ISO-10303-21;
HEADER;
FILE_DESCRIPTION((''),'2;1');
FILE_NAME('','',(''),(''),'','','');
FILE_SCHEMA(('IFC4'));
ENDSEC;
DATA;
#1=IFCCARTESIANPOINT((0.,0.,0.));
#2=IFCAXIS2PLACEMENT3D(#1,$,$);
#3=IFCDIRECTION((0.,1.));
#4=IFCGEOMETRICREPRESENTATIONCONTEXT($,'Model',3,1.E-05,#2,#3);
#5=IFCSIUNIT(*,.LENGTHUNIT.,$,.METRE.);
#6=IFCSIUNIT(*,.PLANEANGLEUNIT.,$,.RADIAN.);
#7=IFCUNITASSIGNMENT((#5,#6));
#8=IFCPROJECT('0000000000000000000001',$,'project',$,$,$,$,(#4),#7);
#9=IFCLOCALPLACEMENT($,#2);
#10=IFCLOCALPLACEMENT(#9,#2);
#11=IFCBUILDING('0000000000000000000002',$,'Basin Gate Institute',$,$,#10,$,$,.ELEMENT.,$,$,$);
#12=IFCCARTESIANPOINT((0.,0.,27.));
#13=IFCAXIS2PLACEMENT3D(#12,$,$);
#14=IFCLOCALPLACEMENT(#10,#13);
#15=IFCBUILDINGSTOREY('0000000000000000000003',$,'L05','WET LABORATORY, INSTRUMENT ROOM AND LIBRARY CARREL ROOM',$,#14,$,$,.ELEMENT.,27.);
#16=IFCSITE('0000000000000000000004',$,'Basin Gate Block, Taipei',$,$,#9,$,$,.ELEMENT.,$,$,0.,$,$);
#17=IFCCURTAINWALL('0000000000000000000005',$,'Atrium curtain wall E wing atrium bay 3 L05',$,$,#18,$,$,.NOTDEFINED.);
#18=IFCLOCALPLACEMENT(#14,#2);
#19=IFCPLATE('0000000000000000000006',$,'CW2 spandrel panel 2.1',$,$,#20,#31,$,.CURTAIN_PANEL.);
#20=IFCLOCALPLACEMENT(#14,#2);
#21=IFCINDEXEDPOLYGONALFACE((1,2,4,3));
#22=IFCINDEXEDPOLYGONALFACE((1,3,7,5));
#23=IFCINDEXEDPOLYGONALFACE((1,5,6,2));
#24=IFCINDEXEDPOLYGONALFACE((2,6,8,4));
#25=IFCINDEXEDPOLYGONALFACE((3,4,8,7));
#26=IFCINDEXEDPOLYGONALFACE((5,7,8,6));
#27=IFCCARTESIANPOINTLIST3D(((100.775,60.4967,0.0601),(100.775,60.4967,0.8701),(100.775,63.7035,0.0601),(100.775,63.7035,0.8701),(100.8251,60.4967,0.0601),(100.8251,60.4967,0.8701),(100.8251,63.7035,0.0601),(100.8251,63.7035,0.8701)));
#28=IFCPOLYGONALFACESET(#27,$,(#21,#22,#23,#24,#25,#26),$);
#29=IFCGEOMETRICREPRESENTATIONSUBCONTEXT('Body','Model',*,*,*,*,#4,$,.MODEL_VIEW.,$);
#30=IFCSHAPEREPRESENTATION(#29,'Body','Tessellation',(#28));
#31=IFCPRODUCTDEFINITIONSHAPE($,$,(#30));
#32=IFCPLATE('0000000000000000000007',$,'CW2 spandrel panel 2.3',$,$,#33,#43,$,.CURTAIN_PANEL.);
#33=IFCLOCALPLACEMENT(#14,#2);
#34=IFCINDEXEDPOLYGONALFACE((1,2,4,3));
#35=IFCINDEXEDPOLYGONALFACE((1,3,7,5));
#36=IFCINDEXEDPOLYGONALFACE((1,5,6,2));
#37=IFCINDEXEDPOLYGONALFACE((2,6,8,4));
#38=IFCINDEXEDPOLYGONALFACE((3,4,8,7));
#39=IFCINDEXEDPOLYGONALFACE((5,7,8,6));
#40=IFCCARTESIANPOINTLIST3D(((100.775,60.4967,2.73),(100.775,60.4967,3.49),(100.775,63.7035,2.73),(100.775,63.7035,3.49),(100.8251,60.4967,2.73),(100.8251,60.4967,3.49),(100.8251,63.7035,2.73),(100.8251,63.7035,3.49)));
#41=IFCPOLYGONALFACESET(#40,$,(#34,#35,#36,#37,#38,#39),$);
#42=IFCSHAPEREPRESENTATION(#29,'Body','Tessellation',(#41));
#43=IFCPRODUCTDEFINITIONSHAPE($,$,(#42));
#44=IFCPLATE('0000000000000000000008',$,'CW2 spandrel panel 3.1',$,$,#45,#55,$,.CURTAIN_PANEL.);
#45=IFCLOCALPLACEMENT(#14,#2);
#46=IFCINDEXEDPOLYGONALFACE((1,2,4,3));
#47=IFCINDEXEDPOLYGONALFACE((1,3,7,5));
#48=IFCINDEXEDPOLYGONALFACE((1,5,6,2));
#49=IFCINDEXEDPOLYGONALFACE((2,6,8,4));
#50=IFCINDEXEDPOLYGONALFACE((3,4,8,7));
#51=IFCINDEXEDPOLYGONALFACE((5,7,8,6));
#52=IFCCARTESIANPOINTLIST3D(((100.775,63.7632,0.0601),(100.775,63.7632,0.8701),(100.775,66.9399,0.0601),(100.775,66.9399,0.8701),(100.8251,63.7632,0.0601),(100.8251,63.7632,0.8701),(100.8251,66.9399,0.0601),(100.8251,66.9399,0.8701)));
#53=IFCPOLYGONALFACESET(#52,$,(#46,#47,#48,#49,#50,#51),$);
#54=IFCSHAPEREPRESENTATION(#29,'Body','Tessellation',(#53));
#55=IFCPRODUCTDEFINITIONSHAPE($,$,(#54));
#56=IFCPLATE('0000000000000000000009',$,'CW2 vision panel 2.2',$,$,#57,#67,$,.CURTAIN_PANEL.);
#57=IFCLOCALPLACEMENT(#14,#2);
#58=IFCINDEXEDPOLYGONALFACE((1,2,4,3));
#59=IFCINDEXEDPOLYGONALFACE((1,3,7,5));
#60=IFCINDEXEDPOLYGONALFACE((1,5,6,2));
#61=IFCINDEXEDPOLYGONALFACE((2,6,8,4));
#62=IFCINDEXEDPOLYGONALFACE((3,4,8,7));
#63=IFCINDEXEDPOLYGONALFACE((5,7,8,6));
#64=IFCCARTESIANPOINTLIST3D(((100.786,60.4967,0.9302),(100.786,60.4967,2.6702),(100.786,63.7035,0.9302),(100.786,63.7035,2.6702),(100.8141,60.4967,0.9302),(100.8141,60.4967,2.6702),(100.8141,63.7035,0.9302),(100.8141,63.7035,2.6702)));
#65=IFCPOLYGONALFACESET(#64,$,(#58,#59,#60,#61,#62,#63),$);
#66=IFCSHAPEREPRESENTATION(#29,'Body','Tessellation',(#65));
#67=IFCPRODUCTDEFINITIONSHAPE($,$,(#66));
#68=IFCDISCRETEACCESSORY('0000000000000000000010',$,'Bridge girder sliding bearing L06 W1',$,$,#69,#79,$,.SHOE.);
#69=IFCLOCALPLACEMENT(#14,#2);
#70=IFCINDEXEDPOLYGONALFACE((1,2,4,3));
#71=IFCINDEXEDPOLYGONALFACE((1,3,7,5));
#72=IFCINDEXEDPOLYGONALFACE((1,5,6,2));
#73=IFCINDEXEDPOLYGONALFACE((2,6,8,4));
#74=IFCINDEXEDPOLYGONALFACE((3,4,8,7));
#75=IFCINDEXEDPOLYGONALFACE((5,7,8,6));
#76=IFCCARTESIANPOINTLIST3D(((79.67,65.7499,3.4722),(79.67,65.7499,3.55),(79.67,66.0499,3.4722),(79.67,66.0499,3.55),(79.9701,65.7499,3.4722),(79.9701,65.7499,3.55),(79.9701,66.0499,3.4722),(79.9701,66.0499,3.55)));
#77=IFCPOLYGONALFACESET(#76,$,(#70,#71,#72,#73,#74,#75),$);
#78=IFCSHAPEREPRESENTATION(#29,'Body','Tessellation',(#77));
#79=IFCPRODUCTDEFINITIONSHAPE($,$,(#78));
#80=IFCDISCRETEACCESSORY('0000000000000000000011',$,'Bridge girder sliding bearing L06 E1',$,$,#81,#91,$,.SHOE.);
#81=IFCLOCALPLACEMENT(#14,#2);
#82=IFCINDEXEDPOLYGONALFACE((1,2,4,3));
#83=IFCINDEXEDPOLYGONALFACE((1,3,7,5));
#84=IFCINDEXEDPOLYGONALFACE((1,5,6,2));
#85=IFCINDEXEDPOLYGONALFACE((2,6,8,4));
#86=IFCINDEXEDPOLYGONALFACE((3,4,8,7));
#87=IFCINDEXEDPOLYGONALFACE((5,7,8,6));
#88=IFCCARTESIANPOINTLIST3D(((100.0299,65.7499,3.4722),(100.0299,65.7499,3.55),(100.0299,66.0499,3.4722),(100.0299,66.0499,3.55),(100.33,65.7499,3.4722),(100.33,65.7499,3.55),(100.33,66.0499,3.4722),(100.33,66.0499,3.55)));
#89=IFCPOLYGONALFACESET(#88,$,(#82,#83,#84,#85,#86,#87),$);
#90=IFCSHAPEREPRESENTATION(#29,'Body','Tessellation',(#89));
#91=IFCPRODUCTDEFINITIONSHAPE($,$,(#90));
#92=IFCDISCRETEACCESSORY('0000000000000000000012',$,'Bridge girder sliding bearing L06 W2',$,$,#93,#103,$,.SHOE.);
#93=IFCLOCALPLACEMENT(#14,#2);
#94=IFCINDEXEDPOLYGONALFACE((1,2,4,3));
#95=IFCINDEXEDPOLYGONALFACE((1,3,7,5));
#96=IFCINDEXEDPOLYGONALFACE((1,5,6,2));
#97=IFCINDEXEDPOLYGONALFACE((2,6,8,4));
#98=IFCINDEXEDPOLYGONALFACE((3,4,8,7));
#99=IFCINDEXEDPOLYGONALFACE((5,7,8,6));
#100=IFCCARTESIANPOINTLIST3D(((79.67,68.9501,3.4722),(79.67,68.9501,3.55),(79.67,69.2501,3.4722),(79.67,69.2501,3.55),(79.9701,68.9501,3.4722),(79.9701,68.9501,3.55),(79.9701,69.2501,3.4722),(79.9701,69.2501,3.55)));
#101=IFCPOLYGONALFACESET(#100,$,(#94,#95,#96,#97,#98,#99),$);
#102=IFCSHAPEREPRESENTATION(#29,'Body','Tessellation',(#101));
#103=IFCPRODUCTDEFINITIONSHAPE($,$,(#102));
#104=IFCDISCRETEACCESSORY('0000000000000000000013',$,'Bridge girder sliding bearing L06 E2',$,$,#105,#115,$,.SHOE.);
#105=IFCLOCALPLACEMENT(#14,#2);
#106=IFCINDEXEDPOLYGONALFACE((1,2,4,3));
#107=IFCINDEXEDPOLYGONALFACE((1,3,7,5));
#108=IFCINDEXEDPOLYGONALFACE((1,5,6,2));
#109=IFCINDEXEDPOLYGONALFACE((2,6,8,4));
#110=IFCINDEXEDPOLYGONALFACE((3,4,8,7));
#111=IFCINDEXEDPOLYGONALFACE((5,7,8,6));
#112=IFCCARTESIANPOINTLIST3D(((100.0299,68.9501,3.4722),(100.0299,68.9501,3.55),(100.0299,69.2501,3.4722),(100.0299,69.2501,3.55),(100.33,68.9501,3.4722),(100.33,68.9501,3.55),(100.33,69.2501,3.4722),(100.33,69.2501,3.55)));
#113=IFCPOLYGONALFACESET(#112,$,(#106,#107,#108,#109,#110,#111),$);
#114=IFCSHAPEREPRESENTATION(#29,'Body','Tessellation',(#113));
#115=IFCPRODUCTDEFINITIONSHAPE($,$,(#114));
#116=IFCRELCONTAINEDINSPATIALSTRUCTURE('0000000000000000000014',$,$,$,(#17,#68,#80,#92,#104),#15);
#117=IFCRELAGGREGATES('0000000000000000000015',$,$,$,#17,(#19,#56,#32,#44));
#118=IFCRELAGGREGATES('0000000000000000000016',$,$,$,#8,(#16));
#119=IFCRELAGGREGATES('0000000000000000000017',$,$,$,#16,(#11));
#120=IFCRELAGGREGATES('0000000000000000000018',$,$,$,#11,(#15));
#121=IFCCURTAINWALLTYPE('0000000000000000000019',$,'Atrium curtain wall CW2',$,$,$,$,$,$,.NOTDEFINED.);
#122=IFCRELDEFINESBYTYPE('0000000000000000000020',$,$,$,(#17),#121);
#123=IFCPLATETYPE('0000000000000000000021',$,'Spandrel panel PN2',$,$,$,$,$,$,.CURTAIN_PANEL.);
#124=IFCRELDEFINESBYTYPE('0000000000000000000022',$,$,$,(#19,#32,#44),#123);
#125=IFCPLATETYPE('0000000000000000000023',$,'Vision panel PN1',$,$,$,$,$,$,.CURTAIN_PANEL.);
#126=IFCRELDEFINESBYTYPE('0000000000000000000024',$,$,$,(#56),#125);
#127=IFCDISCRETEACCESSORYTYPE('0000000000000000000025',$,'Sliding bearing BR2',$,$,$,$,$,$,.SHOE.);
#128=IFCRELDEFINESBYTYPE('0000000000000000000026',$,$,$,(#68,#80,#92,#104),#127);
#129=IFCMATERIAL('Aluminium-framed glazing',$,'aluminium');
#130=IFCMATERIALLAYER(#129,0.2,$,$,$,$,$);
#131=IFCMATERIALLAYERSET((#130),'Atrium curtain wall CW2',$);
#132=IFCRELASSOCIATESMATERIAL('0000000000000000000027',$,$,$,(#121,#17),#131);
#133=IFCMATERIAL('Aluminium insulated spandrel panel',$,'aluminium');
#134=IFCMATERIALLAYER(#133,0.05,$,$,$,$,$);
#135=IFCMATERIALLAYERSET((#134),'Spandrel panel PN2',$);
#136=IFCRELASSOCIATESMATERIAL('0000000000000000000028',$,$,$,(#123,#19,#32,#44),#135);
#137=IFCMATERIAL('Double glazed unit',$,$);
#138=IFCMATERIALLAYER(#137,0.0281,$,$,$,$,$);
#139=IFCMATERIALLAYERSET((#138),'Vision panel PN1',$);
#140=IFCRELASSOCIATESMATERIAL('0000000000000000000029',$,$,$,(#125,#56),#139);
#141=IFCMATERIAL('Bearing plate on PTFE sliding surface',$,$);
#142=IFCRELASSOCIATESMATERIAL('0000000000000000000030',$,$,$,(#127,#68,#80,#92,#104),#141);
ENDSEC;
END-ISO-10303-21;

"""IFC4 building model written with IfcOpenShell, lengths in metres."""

from ifc_helpers import new_model, si_unit, direction, frame, origin, origin_2d, place, context, subcontext, project, spatial, rectangle, extrude, material, layer, layer_set, type_object, element, aggregate, save


model = new_model("IFC4")

# Units and contexts
model_context = context("Model", 3, precision=1e-05, world=origin(), true_north=direction((0.0, 1.0)))
body_context = subcontext(model_context, "Body", "Model", "MODEL_VIEW")
ifc_project = project(units=[si_unit("LENGTHUNIT", "METRE"), si_unit("PLANEANGLEUNIT", "RADIAN")], contexts=[model_context])

# Site, building, storey
site_placement = place(None, origin())
site = spatial("IfcSite", under=ifc_project, at=site_placement, Name="Basin Gate Block, Taipei", CompositionType="ELEMENT", RefElevation=0.0)
building_placement = place(site_placement, origin())
building = spatial("IfcBuilding", under=site, at=building_placement, Name="Basin Gate Institute", CompositionType="ELEMENT")
storey_placement = place(building_placement, frame((0.0, 0.0, 27.0)))
storey = spatial("IfcBuildingStorey", under=building, at=storey_placement, Name="L05", Description="WET LABORATORY, INSTRUMENT ROOM AND LIBRARY CARREL ROOM", CompositionType="ELEMENT", Elevation=27.0)

# Curtain wall, plates
ifc_material_1 = material(Name="Aluminium-framed glazing", Category="aluminium")
ifc_layer_1 = layer(ifc_material_1, 0.2)
ifc_layer_set_1 = layer_set([ifc_layer_1], Name="Atrium curtain wall CW2")
curtain_wall_type = type_object("IfcCurtainWallType", Name="Atrium curtain wall CW2", PredefinedType="NOTDEFINED", material=ifc_layer_set_1)
curtain_wall_placement = place(storey_placement, origin())
curtain_wall = element("IfcCurtainWall", 1, at=curtain_wall_placement, inside=storey, type_object=curtain_wall_type, material=ifc_layer_set_1, Name="Atrium curtain wall E wing atrium bay 3 L05", PredefinedType="NOTDEFINED")
ifc_material_2 = material(Name="Aluminium insulated spandrel panel", Category="aluminium")
ifc_layer_2 = layer(ifc_material_2, 0.05)
ifc_layer_set_2 = layer_set([ifc_layer_2], Name="Spandrel panel PN2")
plate_type_1 = type_object("IfcPlateType", Name="Spandrel panel PN2", PredefinedType="CURTAIN_PANEL", material=ifc_layer_set_2)
plate_1_placement = place(storey_placement, frame((100.8, 62.1001, 0.0601), z_axis=(0.0, 0.0, 1.0), x_axis=(0.0, 1.0, 0.0)))
plate_1 = element("IfcPlate", 2, at=plate_1_placement, type_object=plate_type_1, material=ifc_layer_set_2, Name="CW2 spandrel panel 2.1", PredefinedType="CURTAIN_PANEL", context=body_context, shape_type="SweptSolid", body=[
    extrude(rectangle(XDim=3.2068, YDim=0.05, at=origin_2d()), origin(), (0.0, 0.0, 1.0), 0.8101),
])
plate_2_placement = place(storey_placement, frame((100.8, 62.1001, 2.73), z_axis=(0.0, 0.0, 1.0), x_axis=(0.0, 1.0, 0.0)))
plate_2 = element("IfcPlate", 3, at=plate_2_placement, type_object=plate_type_1, material=ifc_layer_set_2, Name="CW2 spandrel panel 2.3", PredefinedType="CURTAIN_PANEL", context=body_context, shape_type="SweptSolid", body=[
    extrude(rectangle(XDim=3.2068, YDim=0.05, at=origin_2d()), origin(), (0.0, 0.0, 1.0), 0.76),
])
plate_3_placement = place(storey_placement, frame((100.8, 65.3516, 0.0601), z_axis=(0.0, 0.0, 1.0), x_axis=(0.0, 1.0, 0.0)))
plate_3 = element("IfcPlate", 4, at=plate_3_placement, type_object=plate_type_1, material=ifc_layer_set_2, Name="CW2 spandrel panel 3.1", PredefinedType="CURTAIN_PANEL", context=body_context, shape_type="SweptSolid", body=[
    extrude(rectangle(XDim=3.1768, YDim=0.05, at=origin_2d()), origin(), (0.0, 0.0, 1.0), 0.8101),
])
ifc_material_3 = material(Name="Double glazed unit")
ifc_layer_3 = layer(ifc_material_3, 0.0281)
ifc_layer_set_3 = layer_set([ifc_layer_3], Name="Vision panel PN1")
plate_type_2 = type_object("IfcPlateType", Name="Vision panel PN1", PredefinedType="CURTAIN_PANEL", material=ifc_layer_set_3)
plate_4_placement = place(storey_placement, frame((100.8, 62.1001, 0.9302), z_axis=(0.0, 0.0, 1.0), x_axis=(0.0, 1.0, 0.0)))
plate_4 = element("IfcPlate", 5, at=plate_4_placement, type_object=plate_type_2, material=ifc_layer_set_3, Name="CW2 vision panel 2.2", PredefinedType="CURTAIN_PANEL", context=body_context, shape_type="SweptSolid", body=[
    extrude(rectangle(XDim=3.2068, YDim=0.0281, at=origin_2d()), origin(), (0.0, 0.0, 1.0), 1.74),
])
aggregate(curtain_wall, [plate_1, plate_4, plate_2, plate_3])

# Discrete accessories
ifc_material_4 = material(Name="Bearing plate on PTFE sliding surface")
discrete_accessory_type = type_object("IfcDiscreteAccessoryType", Name="Sliding bearing BR2", PredefinedType="SHOE", material=ifc_material_4)
for number, where, z_axis, x_axis, name in (
    (6, (79.8201, 65.8999, 3.4722), (0.0, 0.0, 1.0), (1.0, 0.0, 0.0), "Bridge girder sliding bearing L06 W1"),
    (7, (100.1799, 65.8999, 3.4722), (0.0, 0.0, 1.0), (1.0, 0.0, 0.0), "Bridge girder sliding bearing L06 E1"),
    (8, (79.8201, 69.1001, 3.4722), (0.0, 0.0, 1.0), (1.0, 0.0, 0.0), "Bridge girder sliding bearing L06 W2"),
    (9, (100.1799, 69.1001, 3.4722), (0.0, 0.0, 1.0), (1.0, 0.0, 0.0), "Bridge girder sliding bearing L06 E2"),
):
    element("IfcDiscreteAccessory", number, at=place(storey_placement, frame(where, z_axis=z_axis, x_axis=x_axis)), inside=storey, type_object=discrete_accessory_type, material=ifc_material_4, Name=name, PredefinedType="SHOE", context=body_context, shape_type="SweptSolid", body=[
        extrude(rectangle(XDim=0.3, YDim=0.3, at=origin_2d()), origin(), (0.0, 0.0, 1.0), 0.0779),
    ])

save(model, "model.ifc")
